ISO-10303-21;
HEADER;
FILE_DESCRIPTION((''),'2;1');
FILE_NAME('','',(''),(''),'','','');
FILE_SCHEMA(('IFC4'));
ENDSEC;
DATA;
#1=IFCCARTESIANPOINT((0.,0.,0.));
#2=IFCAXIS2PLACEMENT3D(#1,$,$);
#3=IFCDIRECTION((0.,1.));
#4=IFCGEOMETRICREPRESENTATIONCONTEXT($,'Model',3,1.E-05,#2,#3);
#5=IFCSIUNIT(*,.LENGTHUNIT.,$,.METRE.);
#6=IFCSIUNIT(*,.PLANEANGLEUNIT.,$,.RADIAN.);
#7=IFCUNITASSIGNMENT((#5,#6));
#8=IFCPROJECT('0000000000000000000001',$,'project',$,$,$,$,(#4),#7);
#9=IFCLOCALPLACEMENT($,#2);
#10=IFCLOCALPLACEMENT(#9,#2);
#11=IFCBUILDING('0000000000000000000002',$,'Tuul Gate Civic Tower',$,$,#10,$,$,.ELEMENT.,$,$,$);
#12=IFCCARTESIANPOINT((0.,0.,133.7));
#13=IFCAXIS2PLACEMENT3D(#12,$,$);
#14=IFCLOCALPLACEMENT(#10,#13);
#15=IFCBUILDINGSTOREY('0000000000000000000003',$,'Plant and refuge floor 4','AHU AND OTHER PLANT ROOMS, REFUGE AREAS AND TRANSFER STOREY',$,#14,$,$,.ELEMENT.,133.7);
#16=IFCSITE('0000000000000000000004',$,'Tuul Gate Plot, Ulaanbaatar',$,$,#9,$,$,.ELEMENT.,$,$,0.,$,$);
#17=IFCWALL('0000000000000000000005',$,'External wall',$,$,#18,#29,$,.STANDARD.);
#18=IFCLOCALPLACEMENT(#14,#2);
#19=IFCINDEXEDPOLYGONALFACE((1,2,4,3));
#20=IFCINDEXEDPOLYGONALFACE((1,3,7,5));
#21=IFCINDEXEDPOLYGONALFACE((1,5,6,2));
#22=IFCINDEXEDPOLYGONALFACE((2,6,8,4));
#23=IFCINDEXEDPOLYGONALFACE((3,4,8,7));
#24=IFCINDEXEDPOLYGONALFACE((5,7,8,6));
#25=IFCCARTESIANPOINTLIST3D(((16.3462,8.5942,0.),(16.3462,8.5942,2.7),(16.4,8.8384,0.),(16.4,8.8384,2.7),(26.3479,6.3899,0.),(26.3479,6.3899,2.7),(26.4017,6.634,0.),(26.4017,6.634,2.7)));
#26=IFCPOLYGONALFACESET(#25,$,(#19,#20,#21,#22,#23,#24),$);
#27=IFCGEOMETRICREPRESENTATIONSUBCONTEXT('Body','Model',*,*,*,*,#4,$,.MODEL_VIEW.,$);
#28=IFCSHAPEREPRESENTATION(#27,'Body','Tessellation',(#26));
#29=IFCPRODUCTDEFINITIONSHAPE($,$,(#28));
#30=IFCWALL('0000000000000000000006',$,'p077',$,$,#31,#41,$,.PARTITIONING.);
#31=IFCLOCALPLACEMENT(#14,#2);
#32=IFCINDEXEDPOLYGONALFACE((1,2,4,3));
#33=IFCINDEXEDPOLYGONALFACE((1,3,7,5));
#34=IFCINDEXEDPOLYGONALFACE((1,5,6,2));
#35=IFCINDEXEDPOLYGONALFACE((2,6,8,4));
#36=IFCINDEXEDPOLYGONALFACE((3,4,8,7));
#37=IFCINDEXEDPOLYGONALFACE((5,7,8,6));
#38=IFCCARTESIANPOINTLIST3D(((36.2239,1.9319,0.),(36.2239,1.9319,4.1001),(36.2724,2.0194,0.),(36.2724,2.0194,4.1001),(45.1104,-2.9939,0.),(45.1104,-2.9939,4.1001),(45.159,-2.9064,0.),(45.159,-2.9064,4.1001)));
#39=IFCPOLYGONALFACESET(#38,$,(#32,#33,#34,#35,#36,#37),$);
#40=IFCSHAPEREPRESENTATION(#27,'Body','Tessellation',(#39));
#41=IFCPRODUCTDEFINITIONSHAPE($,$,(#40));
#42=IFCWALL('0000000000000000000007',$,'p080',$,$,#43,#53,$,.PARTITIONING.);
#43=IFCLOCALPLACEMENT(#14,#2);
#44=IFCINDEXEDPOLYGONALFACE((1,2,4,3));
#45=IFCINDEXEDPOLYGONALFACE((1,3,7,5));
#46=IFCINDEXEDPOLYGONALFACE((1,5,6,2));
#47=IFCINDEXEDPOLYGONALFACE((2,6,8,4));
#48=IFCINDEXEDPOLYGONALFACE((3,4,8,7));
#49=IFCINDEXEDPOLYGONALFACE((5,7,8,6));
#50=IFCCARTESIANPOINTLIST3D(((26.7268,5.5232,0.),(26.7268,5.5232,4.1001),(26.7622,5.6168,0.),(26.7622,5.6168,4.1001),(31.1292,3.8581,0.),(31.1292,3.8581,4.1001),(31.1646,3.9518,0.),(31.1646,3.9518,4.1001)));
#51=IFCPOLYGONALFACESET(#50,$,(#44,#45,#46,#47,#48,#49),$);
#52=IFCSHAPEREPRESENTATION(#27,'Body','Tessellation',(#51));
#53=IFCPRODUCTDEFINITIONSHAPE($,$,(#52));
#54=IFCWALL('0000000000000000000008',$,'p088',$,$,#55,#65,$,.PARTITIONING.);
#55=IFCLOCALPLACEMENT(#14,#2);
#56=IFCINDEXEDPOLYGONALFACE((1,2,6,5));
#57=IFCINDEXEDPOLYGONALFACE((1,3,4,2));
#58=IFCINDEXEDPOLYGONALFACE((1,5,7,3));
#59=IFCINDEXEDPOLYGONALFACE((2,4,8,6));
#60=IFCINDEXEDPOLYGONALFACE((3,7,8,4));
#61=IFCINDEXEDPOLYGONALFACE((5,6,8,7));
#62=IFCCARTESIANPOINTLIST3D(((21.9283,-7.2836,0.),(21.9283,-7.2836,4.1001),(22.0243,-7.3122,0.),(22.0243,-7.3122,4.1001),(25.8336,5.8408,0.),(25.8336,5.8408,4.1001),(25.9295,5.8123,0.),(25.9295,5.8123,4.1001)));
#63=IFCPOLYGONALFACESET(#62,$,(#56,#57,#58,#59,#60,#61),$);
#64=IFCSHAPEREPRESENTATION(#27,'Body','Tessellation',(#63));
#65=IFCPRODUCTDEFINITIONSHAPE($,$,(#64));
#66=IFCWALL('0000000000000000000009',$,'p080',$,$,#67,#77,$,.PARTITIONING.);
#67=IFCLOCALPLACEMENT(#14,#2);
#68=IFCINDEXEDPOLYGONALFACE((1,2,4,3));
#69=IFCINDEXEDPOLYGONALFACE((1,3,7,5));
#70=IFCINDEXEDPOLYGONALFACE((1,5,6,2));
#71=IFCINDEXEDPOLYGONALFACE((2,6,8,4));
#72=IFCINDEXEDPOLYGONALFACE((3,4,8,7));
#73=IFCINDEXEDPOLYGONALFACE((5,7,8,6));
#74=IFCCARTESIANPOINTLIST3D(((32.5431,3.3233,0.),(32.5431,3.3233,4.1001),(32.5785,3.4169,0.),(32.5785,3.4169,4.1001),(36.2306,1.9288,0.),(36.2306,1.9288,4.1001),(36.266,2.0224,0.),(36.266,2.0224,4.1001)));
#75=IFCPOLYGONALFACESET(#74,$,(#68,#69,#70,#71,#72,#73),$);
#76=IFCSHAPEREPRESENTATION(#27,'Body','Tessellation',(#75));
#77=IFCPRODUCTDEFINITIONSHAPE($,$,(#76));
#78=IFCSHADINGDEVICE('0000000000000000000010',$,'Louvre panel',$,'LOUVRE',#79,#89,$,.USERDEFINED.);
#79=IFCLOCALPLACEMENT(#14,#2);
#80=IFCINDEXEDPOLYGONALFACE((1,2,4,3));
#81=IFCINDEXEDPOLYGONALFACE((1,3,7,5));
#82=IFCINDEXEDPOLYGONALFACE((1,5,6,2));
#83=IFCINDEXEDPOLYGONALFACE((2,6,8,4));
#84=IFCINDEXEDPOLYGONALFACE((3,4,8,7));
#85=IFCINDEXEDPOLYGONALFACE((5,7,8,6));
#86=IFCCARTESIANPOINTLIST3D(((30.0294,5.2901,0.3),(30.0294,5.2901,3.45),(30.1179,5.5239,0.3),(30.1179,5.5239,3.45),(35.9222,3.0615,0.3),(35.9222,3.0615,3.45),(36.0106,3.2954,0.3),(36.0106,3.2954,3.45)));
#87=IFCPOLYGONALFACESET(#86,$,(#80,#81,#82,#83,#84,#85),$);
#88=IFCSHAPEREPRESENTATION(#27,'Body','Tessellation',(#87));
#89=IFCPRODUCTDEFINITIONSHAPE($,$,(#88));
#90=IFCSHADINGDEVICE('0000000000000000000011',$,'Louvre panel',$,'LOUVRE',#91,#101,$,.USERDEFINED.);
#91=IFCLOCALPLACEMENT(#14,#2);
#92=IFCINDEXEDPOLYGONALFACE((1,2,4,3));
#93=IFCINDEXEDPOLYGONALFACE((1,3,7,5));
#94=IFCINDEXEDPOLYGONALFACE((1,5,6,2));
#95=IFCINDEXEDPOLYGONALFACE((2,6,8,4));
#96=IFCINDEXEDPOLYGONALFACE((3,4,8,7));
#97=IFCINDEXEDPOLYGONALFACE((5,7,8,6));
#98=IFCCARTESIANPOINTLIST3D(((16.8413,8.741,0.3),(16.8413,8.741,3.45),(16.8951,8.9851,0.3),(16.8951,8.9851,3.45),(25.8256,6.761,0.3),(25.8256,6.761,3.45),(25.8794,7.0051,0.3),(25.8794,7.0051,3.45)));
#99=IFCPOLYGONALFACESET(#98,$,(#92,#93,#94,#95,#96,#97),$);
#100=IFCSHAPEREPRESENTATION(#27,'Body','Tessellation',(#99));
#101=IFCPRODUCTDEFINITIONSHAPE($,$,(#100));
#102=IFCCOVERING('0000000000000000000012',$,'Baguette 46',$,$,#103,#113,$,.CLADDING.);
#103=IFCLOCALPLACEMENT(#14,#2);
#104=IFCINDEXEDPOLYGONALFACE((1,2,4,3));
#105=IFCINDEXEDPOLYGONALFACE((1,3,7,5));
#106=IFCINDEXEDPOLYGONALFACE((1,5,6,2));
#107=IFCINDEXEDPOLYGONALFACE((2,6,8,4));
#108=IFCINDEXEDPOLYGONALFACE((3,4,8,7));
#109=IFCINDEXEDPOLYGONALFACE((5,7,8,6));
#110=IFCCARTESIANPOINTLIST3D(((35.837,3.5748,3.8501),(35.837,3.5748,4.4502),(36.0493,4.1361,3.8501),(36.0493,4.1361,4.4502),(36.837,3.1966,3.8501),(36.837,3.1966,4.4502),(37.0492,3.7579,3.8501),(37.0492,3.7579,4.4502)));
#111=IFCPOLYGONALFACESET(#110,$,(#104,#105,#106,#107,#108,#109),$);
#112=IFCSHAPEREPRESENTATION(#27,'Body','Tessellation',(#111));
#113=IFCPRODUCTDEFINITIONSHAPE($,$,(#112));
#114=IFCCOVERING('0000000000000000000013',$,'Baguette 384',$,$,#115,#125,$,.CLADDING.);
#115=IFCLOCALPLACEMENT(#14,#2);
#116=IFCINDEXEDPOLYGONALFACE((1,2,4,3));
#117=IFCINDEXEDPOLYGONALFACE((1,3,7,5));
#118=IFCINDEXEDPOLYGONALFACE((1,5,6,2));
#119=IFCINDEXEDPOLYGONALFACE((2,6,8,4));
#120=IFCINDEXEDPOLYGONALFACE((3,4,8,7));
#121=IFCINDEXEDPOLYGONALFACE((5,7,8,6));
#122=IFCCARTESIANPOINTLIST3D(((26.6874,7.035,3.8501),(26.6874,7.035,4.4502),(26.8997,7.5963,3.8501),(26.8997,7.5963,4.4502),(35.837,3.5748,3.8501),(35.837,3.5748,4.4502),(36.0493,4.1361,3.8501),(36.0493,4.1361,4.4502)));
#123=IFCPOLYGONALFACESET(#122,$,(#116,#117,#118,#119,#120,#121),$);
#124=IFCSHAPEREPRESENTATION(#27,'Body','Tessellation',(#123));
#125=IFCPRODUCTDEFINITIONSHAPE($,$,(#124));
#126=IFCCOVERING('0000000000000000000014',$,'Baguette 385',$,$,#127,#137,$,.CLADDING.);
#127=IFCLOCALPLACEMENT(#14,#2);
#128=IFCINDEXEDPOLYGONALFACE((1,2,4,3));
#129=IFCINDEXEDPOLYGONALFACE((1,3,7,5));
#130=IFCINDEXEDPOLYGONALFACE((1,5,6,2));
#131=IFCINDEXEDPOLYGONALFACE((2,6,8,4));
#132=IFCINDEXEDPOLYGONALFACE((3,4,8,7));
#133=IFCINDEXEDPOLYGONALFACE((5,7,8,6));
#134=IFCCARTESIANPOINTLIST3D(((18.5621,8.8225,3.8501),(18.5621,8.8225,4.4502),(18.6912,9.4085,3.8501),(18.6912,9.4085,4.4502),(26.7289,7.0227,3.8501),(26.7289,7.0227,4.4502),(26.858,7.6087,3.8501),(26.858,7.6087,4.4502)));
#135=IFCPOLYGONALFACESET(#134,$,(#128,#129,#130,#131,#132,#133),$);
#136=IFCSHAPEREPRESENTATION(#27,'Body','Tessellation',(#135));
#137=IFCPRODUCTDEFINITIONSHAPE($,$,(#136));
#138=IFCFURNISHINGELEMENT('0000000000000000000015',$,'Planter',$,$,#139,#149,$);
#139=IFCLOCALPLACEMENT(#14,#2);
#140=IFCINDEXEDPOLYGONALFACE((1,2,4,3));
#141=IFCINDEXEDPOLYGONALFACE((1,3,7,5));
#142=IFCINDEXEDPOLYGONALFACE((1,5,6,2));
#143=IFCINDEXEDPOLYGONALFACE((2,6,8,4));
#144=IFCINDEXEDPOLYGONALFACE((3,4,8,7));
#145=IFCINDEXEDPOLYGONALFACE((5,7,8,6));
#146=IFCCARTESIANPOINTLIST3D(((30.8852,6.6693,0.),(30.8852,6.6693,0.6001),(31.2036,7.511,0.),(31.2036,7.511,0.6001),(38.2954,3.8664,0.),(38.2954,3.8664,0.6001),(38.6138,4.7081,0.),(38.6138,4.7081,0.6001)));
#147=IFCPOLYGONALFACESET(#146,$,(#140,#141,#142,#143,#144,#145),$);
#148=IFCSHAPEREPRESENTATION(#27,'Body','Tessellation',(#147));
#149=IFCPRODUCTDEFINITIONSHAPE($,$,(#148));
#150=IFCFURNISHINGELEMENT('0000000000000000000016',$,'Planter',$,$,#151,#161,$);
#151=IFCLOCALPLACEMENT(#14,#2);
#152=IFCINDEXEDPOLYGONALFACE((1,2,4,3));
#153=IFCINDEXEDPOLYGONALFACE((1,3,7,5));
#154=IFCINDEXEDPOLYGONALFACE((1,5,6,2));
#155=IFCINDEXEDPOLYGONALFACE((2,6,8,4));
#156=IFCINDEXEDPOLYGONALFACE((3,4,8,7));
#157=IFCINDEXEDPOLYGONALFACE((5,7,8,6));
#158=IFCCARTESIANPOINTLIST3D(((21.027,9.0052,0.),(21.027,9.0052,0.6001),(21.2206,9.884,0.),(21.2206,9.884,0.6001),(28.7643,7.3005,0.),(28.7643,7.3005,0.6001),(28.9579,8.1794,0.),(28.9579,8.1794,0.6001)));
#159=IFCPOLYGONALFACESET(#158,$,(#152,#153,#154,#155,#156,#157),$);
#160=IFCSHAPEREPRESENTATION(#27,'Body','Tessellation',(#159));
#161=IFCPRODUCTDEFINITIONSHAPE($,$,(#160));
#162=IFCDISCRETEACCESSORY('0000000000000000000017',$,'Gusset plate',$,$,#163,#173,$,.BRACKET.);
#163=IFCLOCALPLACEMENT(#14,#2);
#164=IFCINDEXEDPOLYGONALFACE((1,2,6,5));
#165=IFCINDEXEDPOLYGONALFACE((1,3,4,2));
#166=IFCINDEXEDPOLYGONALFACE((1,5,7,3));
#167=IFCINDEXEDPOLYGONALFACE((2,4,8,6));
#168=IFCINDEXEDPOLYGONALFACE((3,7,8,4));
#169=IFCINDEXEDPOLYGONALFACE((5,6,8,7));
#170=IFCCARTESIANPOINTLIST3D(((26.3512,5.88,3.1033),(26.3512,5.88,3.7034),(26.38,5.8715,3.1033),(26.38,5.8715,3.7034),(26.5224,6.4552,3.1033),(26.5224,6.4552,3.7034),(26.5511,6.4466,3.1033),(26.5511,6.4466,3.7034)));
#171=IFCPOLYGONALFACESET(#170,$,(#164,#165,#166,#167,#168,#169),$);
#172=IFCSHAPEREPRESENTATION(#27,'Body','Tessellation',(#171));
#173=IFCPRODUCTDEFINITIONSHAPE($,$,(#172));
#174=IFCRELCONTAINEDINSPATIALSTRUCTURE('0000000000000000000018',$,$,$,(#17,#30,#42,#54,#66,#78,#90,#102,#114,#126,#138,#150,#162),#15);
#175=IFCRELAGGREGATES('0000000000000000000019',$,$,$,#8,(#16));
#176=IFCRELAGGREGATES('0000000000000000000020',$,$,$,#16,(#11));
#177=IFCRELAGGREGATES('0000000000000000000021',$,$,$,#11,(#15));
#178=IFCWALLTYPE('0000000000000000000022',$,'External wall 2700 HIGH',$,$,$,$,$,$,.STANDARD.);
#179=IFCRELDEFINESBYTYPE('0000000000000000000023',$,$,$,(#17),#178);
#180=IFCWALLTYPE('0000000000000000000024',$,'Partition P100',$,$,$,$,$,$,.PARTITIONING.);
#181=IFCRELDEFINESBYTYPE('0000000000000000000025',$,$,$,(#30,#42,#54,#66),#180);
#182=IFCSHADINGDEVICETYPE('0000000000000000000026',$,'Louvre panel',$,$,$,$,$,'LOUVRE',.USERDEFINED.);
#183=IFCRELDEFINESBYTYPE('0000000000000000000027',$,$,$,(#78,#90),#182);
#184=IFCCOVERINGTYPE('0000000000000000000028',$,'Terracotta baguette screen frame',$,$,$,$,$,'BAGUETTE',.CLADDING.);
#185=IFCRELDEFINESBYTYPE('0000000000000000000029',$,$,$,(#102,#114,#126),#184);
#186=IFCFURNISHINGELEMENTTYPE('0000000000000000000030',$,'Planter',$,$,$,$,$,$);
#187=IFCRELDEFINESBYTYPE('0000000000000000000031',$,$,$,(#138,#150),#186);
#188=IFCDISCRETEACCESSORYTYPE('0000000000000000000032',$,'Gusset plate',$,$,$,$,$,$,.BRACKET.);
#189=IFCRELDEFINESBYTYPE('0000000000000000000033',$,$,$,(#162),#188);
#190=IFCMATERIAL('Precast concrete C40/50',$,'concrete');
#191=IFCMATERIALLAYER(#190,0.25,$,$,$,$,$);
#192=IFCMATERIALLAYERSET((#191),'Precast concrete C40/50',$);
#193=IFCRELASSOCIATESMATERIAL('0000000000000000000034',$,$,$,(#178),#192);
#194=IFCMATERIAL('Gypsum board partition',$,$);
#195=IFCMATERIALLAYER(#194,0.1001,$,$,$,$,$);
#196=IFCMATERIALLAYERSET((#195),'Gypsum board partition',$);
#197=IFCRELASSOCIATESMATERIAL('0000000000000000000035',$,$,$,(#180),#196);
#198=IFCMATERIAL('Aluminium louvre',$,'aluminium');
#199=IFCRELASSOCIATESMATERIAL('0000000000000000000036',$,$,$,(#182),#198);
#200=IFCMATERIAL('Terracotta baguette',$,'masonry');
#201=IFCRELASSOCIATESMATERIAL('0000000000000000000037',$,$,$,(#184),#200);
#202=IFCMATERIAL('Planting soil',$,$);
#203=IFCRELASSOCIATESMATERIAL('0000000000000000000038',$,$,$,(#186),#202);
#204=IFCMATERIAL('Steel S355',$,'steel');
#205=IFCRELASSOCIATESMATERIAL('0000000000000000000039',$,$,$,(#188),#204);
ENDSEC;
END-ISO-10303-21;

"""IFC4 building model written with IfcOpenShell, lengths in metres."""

from ifc_helpers import new_model, si_unit, direction, frame, frame_2d, origin, origin_2d, place, context, subcontext, project, spatial, rectangle, extrude, material, layer, layer_set, material_profile, profile_set, type_object, element, save


model = new_model("IFC4")

# Units and contexts
model_context = context("Model", 3, precision=1e-05, world=origin(), true_north=direction((0.0, 1.0)))
body_context = subcontext(model_context, "Body", "Model", "MODEL_VIEW")
ifc_project = project(units=[si_unit("LENGTHUNIT", "METRE"), si_unit("PLANEANGLEUNIT", "RADIAN")], contexts=[model_context])

# Site, building, storey
site_placement = place(None, origin())
site = spatial("IfcSite", under=ifc_project, at=site_placement, Name="Tuul Gate Plot, Ulaanbaatar", CompositionType="ELEMENT", RefElevation=0.0)
building_placement = place(site_placement, origin())
building = spatial("IfcBuilding", under=site, at=building_placement, Name="Tuul Gate Civic Tower", CompositionType="ELEMENT")
storey_placement = place(building_placement, frame((0.0, 0.0, 133.7)))
storey = spatial("IfcBuildingStorey", under=building, at=storey_placement, Name="Plant and refuge floor 4", Description="AHU AND OTHER PLANT ROOMS, REFUGE AREAS AND TRANSFER STOREY", CompositionType="ELEMENT", Elevation=133.7)

# Shared definitions
ifc_material_1 = material(Name="Precast concrete C40/50", Category="concrete")
ifc_layer_1 = layer(ifc_material_1, 0.25)
ifc_layer_set_1 = layer_set([ifc_layer_1], Name="Precast concrete C40/50")
wall_type_1 = type_object("IfcWallType", Name="External wall 2700 HIGH", PredefinedType="STANDARD", material=ifc_layer_set_1)

# Walls
wall_1_placement = place(storey_placement, frame((26.3748, 6.512, 0.0), z_axis=(0.0, 0.0, 1.0), x_axis=(-0.976563, 0.215231, 0.0)))
element("IfcWall", 1, at=wall_1_placement, inside=storey, type_object=wall_type_1, Name="External wall", PredefinedType="STANDARD", context=body_context, shape_type="SweptSolid", body=[
    extrude(rectangle(XDim=10.2417, YDim=0.25, at=frame_2d((5.1208, 0.0))), origin(), (0.0, 0.0, 1.0), 2.7),
])
ifc_material_2 = material(Name="Gypsum board partition")
ifc_layer_2 = layer(ifc_material_2, 0.1001)
ifc_layer_set_2 = layer_set([ifc_layer_2], Name="Gypsum board partition")
wall_type_2 = type_object("IfcWallType", Name="Partition P100", PredefinedType="PARTITIONING", material=ifc_layer_set_2)
wall_2_placement = place(storey_placement, frame((36.2483, 1.9756, 0.0), z_axis=(0.0, 0.0, 1.0), x_axis=(0.874623, -0.484804, 0.0)))
element("IfcWall", 2, at=wall_2_placement, inside=storey, type_object=wall_type_2, Name="p077", PredefinedType="PARTITIONING", context=body_context, shape_type="SweptSolid", body=[
    extrude(rectangle(XDim=10.1604, YDim=0.1001, at=frame_2d((5.0801, 0.0))), origin(), (0.0, 0.0, 1.0), 4.1001),
])
wall_3_placement = place(storey_placement, frame((26.7444, 5.5701, 0.0), z_axis=(0.0, 0.0, 1.0), x_axis=(0.935336, -0.35376, 0.0)))
element("IfcWall", 3, at=wall_3_placement, inside=storey, type_object=wall_type_2, Name="p080", PredefinedType="PARTITIONING", context=body_context, shape_type="SweptSolid", body=[
    extrude(rectangle(XDim=4.7068, YDim=0.1001, at=frame_2d((2.3535, 0.0))), origin(), (0.0, 0.0, 1.0), 4.1001),
])
wall_4_placement = place(storey_placement, frame((25.8816, 5.8267, 0.0), z_axis=(0.0, 0.0, 1.0), x_axis=(-0.285198, -0.958469, 0.0)))
element("IfcWall", 4, at=wall_4_placement, inside=storey, type_object=wall_type_2, Name="p088", PredefinedType="PARTITIONING", context=body_context, shape_type="SweptSolid", body=[
    extrude(rectangle(XDim=13.6931, YDim=0.1001, at=frame_2d((6.8467, 0.0))), origin(), (0.0, 0.0, 1.0), 4.1001),
])
wall_5_placement = place(storey_placement, frame((32.5608, 3.3701, 0.0), z_axis=(0.0, 0.0, 1.0), x_axis=(0.935348, -0.353728, 0.0)))
element("IfcWall", 5, at=wall_5_placement, inside=storey, type_object=wall_type_2, Name="p080", PredefinedType="PARTITIONING", context=body_context, shape_type="SweptSolid", body=[
    extrude(rectangle(XDim=3.9424, YDim=0.1001, at=frame_2d((1.9712, 0.0))), origin(), (0.0, 0.0, 1.0), 4.1001),
])

# Shading devices
ifc_material_3 = material(Name="Aluminium louvre", Category="aluminium")
shading_device_type = type_object("IfcShadingDeviceType", Name="Louvre panel", ElementType="LOUVRE", PredefinedType="USERDEFINED", material=ifc_material_3)
shading_device_1_placement = place(storey_placement, frame((33.02, 4.2927, 0.3), z_axis=(0.0, 0.0, 1.0), x_axis=(0.353734, 0.935346, 0.0)))
element("IfcShadingDevice", 6, at=shading_device_1_placement, inside=storey, type_object=shading_device_type, Name="Louvre panel", ObjectType="LOUVRE", PredefinedType="USERDEFINED", context=body_context, shape_type="SweptSolid", body=[
    extrude(rectangle(XDim=0.25, YDim=6.3, at=origin_2d()), origin(), (0.0, 0.0, 1.0), 3.1499),
])
shading_device_2_placement = place(storey_placement, frame((21.3604, 7.873, 0.3), z_axis=(0.0, 0.0, 1.0), x_axis=(0.215215, 0.976567, 0.0)))
element("IfcShadingDevice", 7, at=shading_device_2_placement, inside=storey, type_object=shading_device_type, Name="Louvre panel", ObjectType="LOUVRE", PredefinedType="USERDEFINED", context=body_context, shape_type="SweptSolid", body=[
    extrude(rectangle(XDim=0.25, YDim=9.2, at=origin_2d()), origin(), (0.0, 0.0, 1.0), 3.1499),
])

# Coverings
ifc_material_4 = material(Name="Terracotta baguette", Category="masonry")
ifc_material_profile_1 = material_profile(ifc_material_4, rectangle(XDim=0.6001, YDim=0.6001, at=origin_2d()), Name="Terracotta baguette screen frame")
ifc_profile_set_1 = profile_set([ifc_material_profile_1], Name="Terracotta baguette")
covering_type = type_object("IfcCoveringType", Name="Terracotta baguette screen frame", ElementType="BAGUETTE", PredefinedType="CLADDING", material=ifc_profile_set_1)
covering_1_placement = place(storey_placement, frame((36.9431, 3.4773, 4.1501), z_axis=(-0.93535, 0.353725, 0.0), x_axis=(-0.353725, -0.93535, 0.0)))
element("IfcCovering", 8, at=covering_1_placement, inside=storey, type_object=covering_type, Name="Baguette 46", PredefinedType="CLADDING", context=body_context, shape_type="SweptSolid", body=[
    extrude(rectangle(XDim=0.6001, YDim=0.6001, at=origin_2d()), origin(), (0.0, 0.0, 1.0), 1.0691),
])
covering_2_placement = place(storey_placement, frame((35.9431, 3.8555, 4.1501), z_axis=(-0.935348, 0.353729, 0.0), x_axis=(-0.353729, -0.935348, 0.0)))
element("IfcCovering", 9, at=covering_2_placement, inside=storey, type_object=covering_type, Name="Baguette 384", PredefinedType="CLADDING", context=body_context, shape_type="SweptSolid", body=[
    extrude(rectangle(XDim=0.6001, YDim=0.6001, at=origin_2d()), origin(), (0.0, 0.0, 1.0), 9.782),
])
covering_3_placement = place(storey_placement, frame((26.7935, 7.3157, 4.1501), z_axis=(-0.976566, 0.215218, 0.0), x_axis=(-0.215218, -0.976566, 0.0)))
element("IfcCovering", 10, at=covering_3_placement, inside=storey, type_object=covering_type, Name="Baguette 385", PredefinedType="CLADDING", context=body_context, shape_type="SweptSolid", body=[
    extrude(rectangle(XDim=0.6001, YDim=0.6001, at=origin_2d()), origin(), (0.0, 0.0, 1.0), 8.3628),
])

# Furnishing elements
ifc_material_5 = material(Name="Planting soil")
furnishing_element_type = type_object("IfcFurnishingElementType", Name="Planter", material=ifc_material_5)
furnishing_1_placement = place(storey_placement, frame((34.7495, 5.6887, 0.0), z_axis=(0.0, 0.0, 1.0), x_axis=(-0.935326, 0.353787, 0.0)))
element("IfcFurnishingElement", 11, at=furnishing_1_placement, inside=storey, type_object=furnishing_element_type, Name="Planter", context=body_context, shape_type="SweptSolid", body=[
    extrude(rectangle(XDim=7.9226, YDim=0.8999, at=origin_2d()), origin(), (0.0, 0.0, 1.0), 0.6001),
])
furnishing_2_placement = place(storey_placement, frame((24.9924, 8.5923, 0.0), z_axis=(0.0, 0.0, 1.0), x_axis=(-0.97658, 0.215156, 0.0)))
element("IfcFurnishingElement", 12, at=furnishing_2_placement, inside=storey, type_object=furnishing_element_type, Name="Planter", context=body_context, shape_type="SweptSolid", body=[
    extrude(rectangle(XDim=7.9229, YDim=0.8999, at=origin_2d()), origin(), (0.0, 0.0, 1.0), 0.6001),
])

# Discrete accessory
ifc_material_6 = material(Name="Steel S355", Category="steel")
discrete_accessory_type = type_object("IfcDiscreteAccessoryType", Name="Gusset plate", PredefinedType="BRACKET", material=ifc_material_6)
discrete_accessory_placement = place(storey_placement, frame((26.4512, 6.1633, 3.1033), z_axis=(0.0, 0.0, 1.0), x_axis=(-0.285212, -0.958464, 0.0)))
element("IfcDiscreteAccessory", 13, at=discrete_accessory_placement, inside=storey, type_object=discrete_accessory_type, Name="Gusset plate", PredefinedType="BRACKET", context=body_context, shape_type="SweptSolid", body=[
    extrude(rectangle(XDim=0.6001, YDim=0.03, at=origin_2d()), origin(), (0.0, 0.0, 1.0), 0.6001),
])

save(model, "model.ifc")
